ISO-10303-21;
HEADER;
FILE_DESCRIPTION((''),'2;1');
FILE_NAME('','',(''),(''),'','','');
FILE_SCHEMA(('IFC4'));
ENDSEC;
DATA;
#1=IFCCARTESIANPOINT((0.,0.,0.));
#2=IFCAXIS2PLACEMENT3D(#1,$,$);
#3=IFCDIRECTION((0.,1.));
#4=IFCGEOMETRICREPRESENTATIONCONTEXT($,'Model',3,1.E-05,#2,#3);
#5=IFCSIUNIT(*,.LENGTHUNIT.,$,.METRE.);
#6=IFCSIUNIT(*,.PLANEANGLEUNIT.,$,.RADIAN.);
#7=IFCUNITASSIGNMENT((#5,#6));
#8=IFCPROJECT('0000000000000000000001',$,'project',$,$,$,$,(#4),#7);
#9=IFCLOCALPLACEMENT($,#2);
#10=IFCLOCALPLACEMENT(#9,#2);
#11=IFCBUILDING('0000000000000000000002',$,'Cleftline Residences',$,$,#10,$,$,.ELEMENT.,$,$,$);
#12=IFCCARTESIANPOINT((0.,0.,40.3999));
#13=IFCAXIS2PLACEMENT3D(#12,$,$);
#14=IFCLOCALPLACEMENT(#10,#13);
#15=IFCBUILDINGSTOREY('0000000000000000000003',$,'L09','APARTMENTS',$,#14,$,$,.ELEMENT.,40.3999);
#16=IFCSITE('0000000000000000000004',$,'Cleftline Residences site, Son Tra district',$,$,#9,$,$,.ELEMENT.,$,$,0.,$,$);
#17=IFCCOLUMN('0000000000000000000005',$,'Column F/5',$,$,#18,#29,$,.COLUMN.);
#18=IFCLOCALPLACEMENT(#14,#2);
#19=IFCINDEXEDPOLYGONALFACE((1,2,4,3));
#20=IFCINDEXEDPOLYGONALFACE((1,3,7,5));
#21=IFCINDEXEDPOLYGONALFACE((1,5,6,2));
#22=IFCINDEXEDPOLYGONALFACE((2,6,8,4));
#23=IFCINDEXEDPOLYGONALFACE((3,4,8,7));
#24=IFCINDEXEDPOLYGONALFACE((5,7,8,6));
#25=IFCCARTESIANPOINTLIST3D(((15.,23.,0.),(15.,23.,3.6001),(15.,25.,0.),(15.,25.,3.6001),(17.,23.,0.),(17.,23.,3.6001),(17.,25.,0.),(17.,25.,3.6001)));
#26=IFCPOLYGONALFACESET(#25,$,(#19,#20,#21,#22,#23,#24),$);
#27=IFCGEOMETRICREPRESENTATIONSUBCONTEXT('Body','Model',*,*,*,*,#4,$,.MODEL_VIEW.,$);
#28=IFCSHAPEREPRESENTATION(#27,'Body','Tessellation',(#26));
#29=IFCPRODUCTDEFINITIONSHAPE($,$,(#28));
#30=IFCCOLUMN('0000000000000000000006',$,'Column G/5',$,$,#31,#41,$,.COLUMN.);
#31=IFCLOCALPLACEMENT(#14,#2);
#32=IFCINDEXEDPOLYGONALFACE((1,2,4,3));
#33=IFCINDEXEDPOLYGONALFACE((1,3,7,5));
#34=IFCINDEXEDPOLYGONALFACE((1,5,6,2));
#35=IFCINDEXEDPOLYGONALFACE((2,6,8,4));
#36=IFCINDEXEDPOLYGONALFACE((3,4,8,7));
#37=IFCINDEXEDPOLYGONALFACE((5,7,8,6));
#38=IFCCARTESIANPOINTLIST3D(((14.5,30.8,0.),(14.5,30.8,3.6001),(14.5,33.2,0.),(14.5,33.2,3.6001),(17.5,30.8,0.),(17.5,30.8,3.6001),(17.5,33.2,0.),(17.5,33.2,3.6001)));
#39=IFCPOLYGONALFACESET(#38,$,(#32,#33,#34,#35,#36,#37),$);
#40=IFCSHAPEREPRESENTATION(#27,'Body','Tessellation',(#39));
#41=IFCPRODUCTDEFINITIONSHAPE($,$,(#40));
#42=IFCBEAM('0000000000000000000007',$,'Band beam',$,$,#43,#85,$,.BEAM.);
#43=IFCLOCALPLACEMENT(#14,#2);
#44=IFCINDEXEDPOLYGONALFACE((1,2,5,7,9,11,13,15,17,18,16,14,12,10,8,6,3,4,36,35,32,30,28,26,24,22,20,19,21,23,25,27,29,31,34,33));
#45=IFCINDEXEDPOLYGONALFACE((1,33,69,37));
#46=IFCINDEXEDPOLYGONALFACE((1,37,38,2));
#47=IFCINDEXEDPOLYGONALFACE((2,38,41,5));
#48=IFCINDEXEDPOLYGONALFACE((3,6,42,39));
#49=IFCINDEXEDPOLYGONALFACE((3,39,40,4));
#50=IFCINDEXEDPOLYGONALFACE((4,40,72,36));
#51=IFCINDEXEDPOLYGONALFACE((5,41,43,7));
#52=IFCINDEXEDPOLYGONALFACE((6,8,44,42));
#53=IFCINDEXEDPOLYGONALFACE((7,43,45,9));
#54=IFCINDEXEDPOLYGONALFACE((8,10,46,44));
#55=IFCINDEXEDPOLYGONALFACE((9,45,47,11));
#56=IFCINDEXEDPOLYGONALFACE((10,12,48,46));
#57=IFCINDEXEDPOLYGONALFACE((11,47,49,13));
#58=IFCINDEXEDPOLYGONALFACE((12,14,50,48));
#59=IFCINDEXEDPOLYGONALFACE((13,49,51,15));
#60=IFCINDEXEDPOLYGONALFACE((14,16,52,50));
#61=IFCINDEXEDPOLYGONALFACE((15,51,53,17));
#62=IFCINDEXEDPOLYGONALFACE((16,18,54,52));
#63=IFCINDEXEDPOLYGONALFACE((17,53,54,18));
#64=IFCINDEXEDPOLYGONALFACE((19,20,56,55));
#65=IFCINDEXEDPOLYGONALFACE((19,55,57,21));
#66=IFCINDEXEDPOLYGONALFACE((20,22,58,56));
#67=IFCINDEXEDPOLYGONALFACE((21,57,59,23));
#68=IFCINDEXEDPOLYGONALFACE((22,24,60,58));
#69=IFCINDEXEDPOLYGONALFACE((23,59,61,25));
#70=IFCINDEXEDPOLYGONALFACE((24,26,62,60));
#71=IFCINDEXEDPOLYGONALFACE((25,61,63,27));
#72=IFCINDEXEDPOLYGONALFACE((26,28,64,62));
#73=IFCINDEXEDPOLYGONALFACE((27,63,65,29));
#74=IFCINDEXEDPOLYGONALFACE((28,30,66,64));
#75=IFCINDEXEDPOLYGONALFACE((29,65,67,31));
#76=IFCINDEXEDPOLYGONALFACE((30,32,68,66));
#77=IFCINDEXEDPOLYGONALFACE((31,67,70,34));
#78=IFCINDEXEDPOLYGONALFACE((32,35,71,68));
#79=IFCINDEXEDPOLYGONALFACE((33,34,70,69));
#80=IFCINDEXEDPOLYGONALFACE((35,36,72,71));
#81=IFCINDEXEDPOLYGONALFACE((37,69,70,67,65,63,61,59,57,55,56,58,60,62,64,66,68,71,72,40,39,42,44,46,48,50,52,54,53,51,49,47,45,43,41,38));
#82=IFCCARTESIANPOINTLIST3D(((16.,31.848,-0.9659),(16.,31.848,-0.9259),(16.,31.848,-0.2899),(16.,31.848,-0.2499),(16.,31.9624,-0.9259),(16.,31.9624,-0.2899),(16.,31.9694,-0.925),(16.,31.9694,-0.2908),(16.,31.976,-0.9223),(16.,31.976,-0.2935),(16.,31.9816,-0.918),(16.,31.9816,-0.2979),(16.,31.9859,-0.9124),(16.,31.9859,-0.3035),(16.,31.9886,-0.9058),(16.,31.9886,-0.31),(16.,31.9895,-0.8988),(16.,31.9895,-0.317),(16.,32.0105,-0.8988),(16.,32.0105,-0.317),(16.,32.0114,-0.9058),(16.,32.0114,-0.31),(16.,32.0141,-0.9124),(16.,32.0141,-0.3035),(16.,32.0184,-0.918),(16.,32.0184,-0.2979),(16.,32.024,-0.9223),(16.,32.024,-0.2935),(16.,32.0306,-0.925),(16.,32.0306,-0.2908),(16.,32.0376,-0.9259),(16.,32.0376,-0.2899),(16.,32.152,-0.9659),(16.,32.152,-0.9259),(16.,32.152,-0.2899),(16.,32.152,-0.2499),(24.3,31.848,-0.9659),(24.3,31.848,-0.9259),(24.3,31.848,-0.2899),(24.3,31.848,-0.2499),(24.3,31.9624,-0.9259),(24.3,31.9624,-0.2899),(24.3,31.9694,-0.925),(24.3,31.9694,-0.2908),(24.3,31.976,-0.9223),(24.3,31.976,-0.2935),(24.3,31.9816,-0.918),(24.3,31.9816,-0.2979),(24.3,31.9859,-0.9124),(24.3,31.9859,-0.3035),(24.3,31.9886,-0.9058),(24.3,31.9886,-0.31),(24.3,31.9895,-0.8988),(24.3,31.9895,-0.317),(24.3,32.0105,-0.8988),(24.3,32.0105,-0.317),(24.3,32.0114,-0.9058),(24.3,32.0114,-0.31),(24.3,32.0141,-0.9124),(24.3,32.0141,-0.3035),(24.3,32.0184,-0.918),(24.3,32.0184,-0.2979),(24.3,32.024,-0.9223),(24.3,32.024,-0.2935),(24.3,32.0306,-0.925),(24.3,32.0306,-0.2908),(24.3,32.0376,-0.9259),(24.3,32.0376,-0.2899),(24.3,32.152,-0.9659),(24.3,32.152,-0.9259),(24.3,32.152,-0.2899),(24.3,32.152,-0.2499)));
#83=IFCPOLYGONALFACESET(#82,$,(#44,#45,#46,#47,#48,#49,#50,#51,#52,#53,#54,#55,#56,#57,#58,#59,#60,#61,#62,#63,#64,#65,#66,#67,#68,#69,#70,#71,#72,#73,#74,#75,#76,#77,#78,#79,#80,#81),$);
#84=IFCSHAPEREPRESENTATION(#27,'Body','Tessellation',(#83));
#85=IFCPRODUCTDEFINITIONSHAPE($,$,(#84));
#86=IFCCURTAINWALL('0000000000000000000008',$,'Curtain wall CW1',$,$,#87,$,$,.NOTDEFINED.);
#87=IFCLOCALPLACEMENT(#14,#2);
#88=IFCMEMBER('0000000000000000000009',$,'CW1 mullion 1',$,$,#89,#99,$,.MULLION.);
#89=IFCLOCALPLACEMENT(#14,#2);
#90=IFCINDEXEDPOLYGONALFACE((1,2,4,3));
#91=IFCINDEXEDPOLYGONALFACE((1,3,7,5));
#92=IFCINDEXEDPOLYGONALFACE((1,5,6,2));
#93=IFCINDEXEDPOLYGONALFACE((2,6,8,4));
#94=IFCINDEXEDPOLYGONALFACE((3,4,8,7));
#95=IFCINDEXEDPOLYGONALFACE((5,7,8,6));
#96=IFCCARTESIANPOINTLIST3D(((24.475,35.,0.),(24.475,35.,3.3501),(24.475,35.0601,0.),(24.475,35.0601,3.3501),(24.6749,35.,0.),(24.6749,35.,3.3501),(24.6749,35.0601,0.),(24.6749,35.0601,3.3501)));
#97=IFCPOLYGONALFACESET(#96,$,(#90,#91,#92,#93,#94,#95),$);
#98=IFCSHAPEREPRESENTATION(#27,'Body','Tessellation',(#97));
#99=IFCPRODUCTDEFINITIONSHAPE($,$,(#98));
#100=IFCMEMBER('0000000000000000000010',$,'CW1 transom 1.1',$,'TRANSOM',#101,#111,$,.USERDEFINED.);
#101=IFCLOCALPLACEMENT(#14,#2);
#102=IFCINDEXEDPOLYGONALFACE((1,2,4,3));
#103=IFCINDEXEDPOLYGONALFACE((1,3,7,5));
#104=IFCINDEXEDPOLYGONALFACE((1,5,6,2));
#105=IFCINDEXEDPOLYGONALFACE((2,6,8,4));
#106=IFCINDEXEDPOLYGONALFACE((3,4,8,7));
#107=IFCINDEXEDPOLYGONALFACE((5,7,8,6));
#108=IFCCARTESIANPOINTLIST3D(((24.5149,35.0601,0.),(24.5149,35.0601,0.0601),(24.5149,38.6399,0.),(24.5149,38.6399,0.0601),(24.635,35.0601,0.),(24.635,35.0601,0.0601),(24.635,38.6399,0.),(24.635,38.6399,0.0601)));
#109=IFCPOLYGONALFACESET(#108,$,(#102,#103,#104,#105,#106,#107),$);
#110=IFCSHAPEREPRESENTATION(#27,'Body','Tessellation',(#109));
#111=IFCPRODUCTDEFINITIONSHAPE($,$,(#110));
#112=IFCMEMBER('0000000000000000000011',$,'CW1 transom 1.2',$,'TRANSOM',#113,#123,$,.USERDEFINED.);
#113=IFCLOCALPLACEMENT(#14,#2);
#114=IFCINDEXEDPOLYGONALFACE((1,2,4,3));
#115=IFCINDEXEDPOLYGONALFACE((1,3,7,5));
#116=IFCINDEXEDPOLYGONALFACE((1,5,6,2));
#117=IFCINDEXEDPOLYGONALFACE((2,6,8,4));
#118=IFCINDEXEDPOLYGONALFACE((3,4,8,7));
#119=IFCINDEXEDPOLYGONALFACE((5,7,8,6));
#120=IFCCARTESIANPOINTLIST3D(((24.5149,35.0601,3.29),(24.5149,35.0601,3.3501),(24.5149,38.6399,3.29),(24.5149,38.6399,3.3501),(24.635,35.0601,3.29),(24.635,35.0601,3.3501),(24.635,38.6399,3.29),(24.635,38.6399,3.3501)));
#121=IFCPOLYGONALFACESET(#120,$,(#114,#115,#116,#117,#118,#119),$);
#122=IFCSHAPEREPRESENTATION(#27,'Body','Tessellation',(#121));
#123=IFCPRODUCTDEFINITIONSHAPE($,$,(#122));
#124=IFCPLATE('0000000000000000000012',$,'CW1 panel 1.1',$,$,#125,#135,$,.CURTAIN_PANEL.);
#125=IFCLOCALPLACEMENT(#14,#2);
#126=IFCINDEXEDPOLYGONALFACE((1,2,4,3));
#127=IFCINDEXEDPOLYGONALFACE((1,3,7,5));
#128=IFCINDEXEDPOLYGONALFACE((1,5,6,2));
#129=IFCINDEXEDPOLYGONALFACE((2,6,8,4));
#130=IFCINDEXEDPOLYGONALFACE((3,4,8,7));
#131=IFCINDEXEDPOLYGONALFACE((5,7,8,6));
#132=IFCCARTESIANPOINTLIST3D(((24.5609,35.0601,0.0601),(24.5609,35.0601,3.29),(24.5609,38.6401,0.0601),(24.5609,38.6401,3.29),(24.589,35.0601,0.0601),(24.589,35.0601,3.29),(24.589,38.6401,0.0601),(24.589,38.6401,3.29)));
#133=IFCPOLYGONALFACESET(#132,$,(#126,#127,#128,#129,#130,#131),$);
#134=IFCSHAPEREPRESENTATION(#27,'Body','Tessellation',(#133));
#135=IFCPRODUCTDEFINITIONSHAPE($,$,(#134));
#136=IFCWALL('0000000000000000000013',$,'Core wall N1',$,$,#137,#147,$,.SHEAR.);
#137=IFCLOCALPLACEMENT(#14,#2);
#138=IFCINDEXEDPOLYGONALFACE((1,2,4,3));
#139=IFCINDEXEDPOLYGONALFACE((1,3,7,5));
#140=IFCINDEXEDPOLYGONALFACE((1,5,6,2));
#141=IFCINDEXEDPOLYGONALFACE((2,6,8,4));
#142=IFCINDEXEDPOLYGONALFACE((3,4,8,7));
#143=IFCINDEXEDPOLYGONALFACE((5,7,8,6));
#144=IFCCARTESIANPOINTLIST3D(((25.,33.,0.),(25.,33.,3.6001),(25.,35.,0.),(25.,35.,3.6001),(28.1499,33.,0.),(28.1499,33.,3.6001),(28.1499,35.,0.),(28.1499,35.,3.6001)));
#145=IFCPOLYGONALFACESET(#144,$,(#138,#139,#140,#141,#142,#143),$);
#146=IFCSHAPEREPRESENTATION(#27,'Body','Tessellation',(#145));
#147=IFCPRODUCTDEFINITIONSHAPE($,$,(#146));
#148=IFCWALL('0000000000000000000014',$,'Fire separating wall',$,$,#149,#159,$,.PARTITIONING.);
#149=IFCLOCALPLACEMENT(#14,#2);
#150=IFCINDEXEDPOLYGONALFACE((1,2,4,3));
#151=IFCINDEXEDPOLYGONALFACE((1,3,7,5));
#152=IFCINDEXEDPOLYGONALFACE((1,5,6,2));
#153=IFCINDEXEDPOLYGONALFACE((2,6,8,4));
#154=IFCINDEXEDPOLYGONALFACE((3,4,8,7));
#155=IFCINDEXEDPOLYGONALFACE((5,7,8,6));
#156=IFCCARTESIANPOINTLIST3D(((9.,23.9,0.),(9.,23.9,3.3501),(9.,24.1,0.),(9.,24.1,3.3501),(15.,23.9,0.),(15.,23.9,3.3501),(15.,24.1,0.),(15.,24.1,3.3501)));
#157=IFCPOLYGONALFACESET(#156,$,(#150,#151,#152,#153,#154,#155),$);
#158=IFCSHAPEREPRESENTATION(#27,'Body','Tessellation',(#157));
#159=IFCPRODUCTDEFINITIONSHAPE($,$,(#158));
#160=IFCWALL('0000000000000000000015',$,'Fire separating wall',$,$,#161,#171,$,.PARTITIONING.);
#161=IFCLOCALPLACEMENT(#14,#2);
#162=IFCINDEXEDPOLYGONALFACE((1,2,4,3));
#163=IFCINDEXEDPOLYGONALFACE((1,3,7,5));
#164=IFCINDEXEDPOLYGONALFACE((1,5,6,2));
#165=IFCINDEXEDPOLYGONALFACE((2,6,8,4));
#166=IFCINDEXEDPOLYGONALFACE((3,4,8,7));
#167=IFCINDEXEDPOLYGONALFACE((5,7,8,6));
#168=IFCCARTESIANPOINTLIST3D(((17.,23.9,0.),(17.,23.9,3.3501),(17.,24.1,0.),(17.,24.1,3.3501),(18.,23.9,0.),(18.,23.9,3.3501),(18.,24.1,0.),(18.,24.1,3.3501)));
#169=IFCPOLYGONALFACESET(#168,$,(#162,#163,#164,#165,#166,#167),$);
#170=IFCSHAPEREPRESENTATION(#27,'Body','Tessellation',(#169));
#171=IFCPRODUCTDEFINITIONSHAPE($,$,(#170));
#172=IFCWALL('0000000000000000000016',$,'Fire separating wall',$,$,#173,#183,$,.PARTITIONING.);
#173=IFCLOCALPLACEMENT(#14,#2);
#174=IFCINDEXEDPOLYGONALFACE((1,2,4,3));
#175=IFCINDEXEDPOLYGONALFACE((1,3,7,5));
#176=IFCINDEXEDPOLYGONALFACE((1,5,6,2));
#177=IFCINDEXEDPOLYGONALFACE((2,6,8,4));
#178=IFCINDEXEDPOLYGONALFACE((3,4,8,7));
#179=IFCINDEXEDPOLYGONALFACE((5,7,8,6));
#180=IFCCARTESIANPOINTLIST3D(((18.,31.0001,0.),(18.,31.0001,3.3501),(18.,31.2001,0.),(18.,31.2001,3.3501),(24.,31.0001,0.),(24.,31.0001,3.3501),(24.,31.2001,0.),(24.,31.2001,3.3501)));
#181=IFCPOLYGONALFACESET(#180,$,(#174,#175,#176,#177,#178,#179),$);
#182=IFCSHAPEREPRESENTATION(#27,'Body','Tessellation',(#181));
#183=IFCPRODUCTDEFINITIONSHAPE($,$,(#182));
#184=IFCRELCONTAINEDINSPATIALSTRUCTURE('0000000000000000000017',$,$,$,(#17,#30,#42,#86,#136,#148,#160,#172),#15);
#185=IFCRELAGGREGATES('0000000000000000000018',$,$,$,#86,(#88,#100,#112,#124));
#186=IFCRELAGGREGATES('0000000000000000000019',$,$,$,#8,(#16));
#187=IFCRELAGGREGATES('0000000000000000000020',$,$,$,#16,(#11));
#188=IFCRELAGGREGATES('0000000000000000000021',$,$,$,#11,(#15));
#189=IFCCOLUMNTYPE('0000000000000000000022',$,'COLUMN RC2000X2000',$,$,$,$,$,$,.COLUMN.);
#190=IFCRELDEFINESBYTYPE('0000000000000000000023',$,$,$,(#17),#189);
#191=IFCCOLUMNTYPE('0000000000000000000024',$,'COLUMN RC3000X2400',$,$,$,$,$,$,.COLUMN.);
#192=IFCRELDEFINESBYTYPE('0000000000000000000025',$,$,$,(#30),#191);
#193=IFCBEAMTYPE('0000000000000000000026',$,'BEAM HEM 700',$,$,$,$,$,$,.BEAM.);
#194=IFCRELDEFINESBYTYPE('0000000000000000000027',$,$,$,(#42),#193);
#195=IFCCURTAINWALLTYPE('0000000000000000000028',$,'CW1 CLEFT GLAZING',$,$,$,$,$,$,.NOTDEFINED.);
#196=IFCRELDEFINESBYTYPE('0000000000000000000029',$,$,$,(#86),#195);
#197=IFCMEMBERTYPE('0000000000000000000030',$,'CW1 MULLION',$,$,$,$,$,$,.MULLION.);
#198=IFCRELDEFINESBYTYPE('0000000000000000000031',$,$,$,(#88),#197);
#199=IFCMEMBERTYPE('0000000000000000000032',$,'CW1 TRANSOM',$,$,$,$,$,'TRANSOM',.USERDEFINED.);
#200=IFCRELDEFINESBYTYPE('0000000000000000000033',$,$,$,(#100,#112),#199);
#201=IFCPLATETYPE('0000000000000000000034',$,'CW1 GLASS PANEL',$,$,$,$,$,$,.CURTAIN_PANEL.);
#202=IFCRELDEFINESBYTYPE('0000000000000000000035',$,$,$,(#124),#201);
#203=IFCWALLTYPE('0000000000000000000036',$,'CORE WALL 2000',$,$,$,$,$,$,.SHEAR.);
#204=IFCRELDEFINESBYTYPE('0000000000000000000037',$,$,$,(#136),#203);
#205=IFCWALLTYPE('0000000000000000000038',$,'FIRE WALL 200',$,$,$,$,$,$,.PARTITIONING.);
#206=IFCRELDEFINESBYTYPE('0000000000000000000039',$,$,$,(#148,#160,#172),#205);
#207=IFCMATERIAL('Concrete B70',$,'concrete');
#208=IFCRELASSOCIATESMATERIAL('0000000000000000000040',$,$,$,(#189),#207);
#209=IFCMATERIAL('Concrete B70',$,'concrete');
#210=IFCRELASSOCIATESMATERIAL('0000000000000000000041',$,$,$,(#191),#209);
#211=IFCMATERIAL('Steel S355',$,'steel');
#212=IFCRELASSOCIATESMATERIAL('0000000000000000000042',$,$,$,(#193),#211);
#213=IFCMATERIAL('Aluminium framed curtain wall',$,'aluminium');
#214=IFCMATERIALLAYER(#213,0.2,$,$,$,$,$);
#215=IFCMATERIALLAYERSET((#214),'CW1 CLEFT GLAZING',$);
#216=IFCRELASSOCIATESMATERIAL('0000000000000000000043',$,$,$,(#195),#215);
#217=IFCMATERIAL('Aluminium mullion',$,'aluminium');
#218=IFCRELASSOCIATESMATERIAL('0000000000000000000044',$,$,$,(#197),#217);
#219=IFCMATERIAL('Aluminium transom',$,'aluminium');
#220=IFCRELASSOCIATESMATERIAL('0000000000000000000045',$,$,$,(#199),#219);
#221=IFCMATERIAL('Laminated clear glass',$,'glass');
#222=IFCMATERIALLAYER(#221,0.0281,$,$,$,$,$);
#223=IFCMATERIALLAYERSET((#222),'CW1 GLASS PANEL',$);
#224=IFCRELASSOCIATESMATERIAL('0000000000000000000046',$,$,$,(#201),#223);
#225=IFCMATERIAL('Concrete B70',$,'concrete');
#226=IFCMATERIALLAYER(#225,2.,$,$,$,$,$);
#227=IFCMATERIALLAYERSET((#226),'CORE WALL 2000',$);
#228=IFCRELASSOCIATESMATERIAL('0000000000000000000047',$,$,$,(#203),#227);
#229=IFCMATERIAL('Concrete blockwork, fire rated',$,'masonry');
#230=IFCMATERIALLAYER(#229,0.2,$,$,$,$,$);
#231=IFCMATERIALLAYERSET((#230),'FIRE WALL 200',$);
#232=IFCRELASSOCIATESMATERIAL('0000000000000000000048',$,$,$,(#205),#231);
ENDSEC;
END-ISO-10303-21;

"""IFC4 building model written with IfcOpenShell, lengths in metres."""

from ifc_helpers import new_model, si_unit, direction, frame, frame_2d, origin, origin_2d, place, context, subcontext, project, spatial, rectangle, i_section, extrude, material, layer, layer_set, material_profile, profile_set, type_object, element, aggregate, save


model = new_model("IFC4")

# Units and contexts
model_context = context("Model", 3, precision=1e-05, world=origin(), true_north=direction((0.0, 1.0)))
body_context = subcontext(model_context, "Body", "Model", "MODEL_VIEW")
ifc_project = project(units=[si_unit("LENGTHUNIT", "METRE"), si_unit("PLANEANGLEUNIT", "RADIAN")], contexts=[model_context])

# Site, building, storey
site_placement = place(None, origin())
site = spatial("IfcSite", under=ifc_project, at=site_placement, Name="Cleftline Residences site, Son Tra district", CompositionType="ELEMENT", RefElevation=0.0)
building_placement = place(site_placement, origin())
building = spatial("IfcBuilding", under=site, at=building_placement, Name="Cleftline Residences", CompositionType="ELEMENT")
storey_placement = place(building_placement, frame((0.0, 0.0, 40.3999)))
storey = spatial("IfcBuildingStorey", under=building, at=storey_placement, Name="L09", Description="APARTMENTS", CompositionType="ELEMENT", Elevation=40.3999)

# Columns
ifc_material_1 = material(Name="Concrete B70", Category="concrete")
ifc_material_profile_1 = material_profile(ifc_material_1, rectangle(XDim=2.0, YDim=2.0, at=origin_2d()))
ifc_profile_set_1 = profile_set([ifc_material_profile_1], Name="Concrete B70")
column_type_1 = type_object("IfcColumnType", Name="COLUMN RC2000X2000", PredefinedType="COLUMN", material=ifc_profile_set_1)
column_1_placement = place(storey_placement, frame((16.0, 24.0, 0.0), z_axis=(0.0, 0.0, 1.0), x_axis=(1.0, 0.0, 0.0)))
element("IfcColumn", 1, at=column_1_placement, inside=storey, type_object=column_type_1, Name="Column F/5", PredefinedType="COLUMN", context=body_context, shape_type="SweptSolid", body=[
    extrude(rectangle(XDim=2.0, YDim=2.0, at=origin_2d()), origin(), (0.0, 0.0, 1.0), 3.6001),
])
ifc_material_2 = material(Name="Concrete B70", Category="concrete")
ifc_material_profile_2 = material_profile(ifc_material_2, rectangle(XDim=3.0, YDim=2.3999, at=origin_2d()))
ifc_profile_set_2 = profile_set([ifc_material_profile_2], Name="Concrete B70")
column_type_2 = type_object("IfcColumnType", Name="COLUMN RC3000X2400", PredefinedType="COLUMN", material=ifc_profile_set_2)
column_2_placement = place(storey_placement, frame((16.0, 32.0, 0.0), z_axis=(0.0, 0.0, 1.0), x_axis=(1.0, 0.0, 0.0)))
element("IfcColumn", 2, at=column_2_placement, inside=storey, type_object=column_type_2, Name="Column G/5", PredefinedType="COLUMN", context=body_context, shape_type="SweptSolid", body=[
    extrude(rectangle(XDim=3.0, YDim=2.3999, at=origin_2d()), origin(), (0.0, 0.0, 1.0), 3.6001),
])

# Beam
ifc_material_3 = material(Name="Steel S355", Category="steel")
ifc_material_profile_3 = material_profile(ifc_material_3, i_section(OverallWidth=0.304, OverallDepth=0.7161, WebThickness=0.021, FlangeThickness=0.04, FilletRadius=0.0271, at=origin_2d()))
ifc_profile_set_3 = profile_set([ifc_material_profile_3], Name="Steel S355")
beam_type = type_object("IfcBeamType", Name="BEAM HEM 700", PredefinedType="BEAM", material=ifc_profile_set_3)
beam_placement = place(storey_placement, frame((16.0, 32.0, -0.6079), z_axis=(1.0, 0.0, 0.0), x_axis=(0.0, 1.0, 0.0)))
element("IfcBeam", 3, at=beam_placement, inside=storey, type_object=beam_type, Name="Band beam", PredefinedType="BEAM", context=body_context, shape_type="SweptSolid", body=[
    extrude(i_section(OverallWidth=0.304, OverallDepth=0.7161, WebThickness=0.021, FlangeThickness=0.04, FilletRadius=0.0271, at=origin_2d()), origin(), (0.0, 0.0, 1.0), 8.3),
])

# Curtain wall, members, plate
ifc_material_4 = material(Name="Aluminium framed curtain wall", Category="aluminium")
ifc_layer_1 = layer(ifc_material_4, 0.2)
ifc_layer_set_1 = layer_set([ifc_layer_1], Name="CW1 CLEFT GLAZING")
curtain_wall_type = type_object("IfcCurtainWallType", Name="CW1 CLEFT GLAZING", PredefinedType="NOTDEFINED", material=ifc_layer_set_1)
curtain_wall_placement = place(storey_placement, origin())
curtain_wall = element("IfcCurtainWall", 4, at=curtain_wall_placement, inside=storey, type_object=curtain_wall_type, Name="Curtain wall CW1", PredefinedType="NOTDEFINED")
ifc_material_5 = material(Name="Aluminium mullion", Category="aluminium")
ifc_material_profile_4 = material_profile(ifc_material_5, rectangle(XDim=0.2, YDim=0.0601, at=origin_2d()))
ifc_profile_set_4 = profile_set([ifc_material_profile_4], Name="Aluminium mullion")
member_type_1 = type_object("IfcMemberType", Name="CW1 MULLION", PredefinedType="MULLION", material=ifc_profile_set_4)
member_1_placement = place(storey_placement, frame((24.575, 35.03, 0.0), z_axis=(0.0, 0.0, 1.0), x_axis=(-1.0, 0.0, 0.0)))
member_1 = element("IfcMember", 5, at=member_1_placement, type_object=member_type_1, Name="CW1 mullion 1", PredefinedType="MULLION", context=body_context, shape_type="SweptSolid", body=[
    extrude(rectangle(XDim=0.2, YDim=0.0601, at=origin_2d()), origin(), (0.0, 0.0, 1.0), 3.3501),
])
ifc_material_6 = material(Name="Aluminium transom", Category="aluminium")
ifc_material_profile_5 = material_profile(ifc_material_6, rectangle(XDim=0.1201, YDim=0.0601, at=origin_2d()))
ifc_profile_set_5 = profile_set([ifc_material_profile_5], Name="Aluminium transom")
member_type_2 = type_object("IfcMemberType", Name="CW1 TRANSOM", ElementType="TRANSOM", PredefinedType="USERDEFINED", material=ifc_profile_set_5)
member_2_placement = place(storey_placement, frame((24.575, 35.0601, 0.03), z_axis=(0.0, 1.0, 0.0), x_axis=(-1.0, 0.0, 0.0)))
member_2 = element("IfcMember", 6, at=member_2_placement, type_object=member_type_2, Name="CW1 transom 1.1", ObjectType="TRANSOM", PredefinedType="USERDEFINED", context=body_context, shape_type="SweptSolid", body=[
    extrude(rectangle(XDim=0.1201, YDim=0.0601, at=origin_2d()), origin(), (0.0, 0.0, 1.0), 3.5798),
])
member_3_placement = place(storey_placement, frame((24.575, 35.0601, 3.3201), z_axis=(0.0, 1.0, 0.0), x_axis=(-1.0, 0.0, 0.0)))
member_3 = element("IfcMember", 7, at=member_3_placement, type_object=member_type_2, Name="CW1 transom 1.2", ObjectType="TRANSOM", PredefinedType="USERDEFINED", context=body_context, shape_type="SweptSolid", body=[
    extrude(rectangle(XDim=0.1201, YDim=0.0601, at=origin_2d()), origin(), (0.0, 0.0, 1.0), 3.5798),
])
ifc_material_7 = material(Name="Laminated clear glass", Category="glass")
ifc_layer_2 = layer(ifc_material_7, 0.0281)
ifc_layer_set_2 = layer_set([ifc_layer_2], Name="CW1 GLASS PANEL")
plate_type = type_object("IfcPlateType", Name="CW1 GLASS PANEL", PredefinedType="CURTAIN_PANEL", material=ifc_layer_set_2)
plate_placement = place(storey_placement, frame((24.575, 36.8501, 0.0601), z_axis=(0.0, 0.0, 1.0), x_axis=(0.0, 1.0, 0.0)))
plate = element("IfcPlate", 8, at=plate_placement, type_object=plate_type, Name="CW1 panel 1.1", PredefinedType="CURTAIN_PANEL", context=body_context, shape_type="SweptSolid", body=[
    extrude(rectangle(XDim=3.5801, YDim=0.0281, at=origin_2d()), origin(), (0.0, 0.0, 1.0), 3.23),
])
aggregate(curtain_wall, [member_1, member_2, member_3, plate])

# Walls
ifc_material_8 = material(Name="Concrete B70", Category="concrete")
ifc_layer_3 = layer(ifc_material_8, 2.0)
ifc_layer_set_3 = layer_set([ifc_layer_3], Name="CORE WALL 2000")
wall_type_1 = type_object("IfcWallType", Name="CORE WALL 2000", PredefinedType="SHEAR", material=ifc_layer_set_3)
wall_1_placement = place(storey_placement, frame((25.0, 34.0, 0.0), z_axis=(0.0, 0.0, 1.0), x_axis=(1.0, 0.0, 0.0)))
element("IfcWall", 9, at=wall_1_placement, inside=storey, type_object=wall_type_1, Name="Core wall N1", PredefinedType="SHEAR", context=body_context, shape_type="SweptSolid", body=[
    extrude(rectangle(XDim=3.1499, YDim=2.0, at=frame_2d((1.575, 0.0))), origin(), (0.0, 0.0, 1.0), 3.6001),
])
ifc_material_9 = material(Name="Concrete blockwork, fire rated", Category="masonry")
ifc_layer_4 = layer(ifc_material_9, 0.2)
ifc_layer_set_4 = layer_set([ifc_layer_4], Name="FIRE WALL 200")
wall_type_2 = type_object("IfcWallType", Name="FIRE WALL 200", PredefinedType="PARTITIONING", material=ifc_layer_set_4)
wall_2_placement = place(storey_placement, frame((9.0, 24.0, 0.0), z_axis=(0.0, 0.0, 1.0), x_axis=(1.0, 0.0, 0.0)))
element("IfcWall", 10, at=wall_2_placement, inside=storey, type_object=wall_type_2, Name="Fire separating wall", PredefinedType="PARTITIONING", context=body_context, shape_type="SweptSolid", body=[
    extrude(rectangle(XDim=6.0, YDim=0.2, at=frame_2d((3.0, 0.0))), origin(), (0.0, 0.0, 1.0), 3.3501),
])
wall_3_placement = place(storey_placement, frame((17.0, 24.0, 0.0), z_axis=(0.0, 0.0, 1.0), x_axis=(1.0, 0.0, 0.0)))
element("IfcWall", 11, at=wall_3_placement, inside=storey, type_object=wall_type_2, Name="Fire separating wall", PredefinedType="PARTITIONING", context=body_context, shape_type="SweptSolid", body=[
    extrude(rectangle(XDim=1.0, YDim=0.2, at=frame_2d((0.5, 0.0))), origin(), (0.0, 0.0, 1.0), 3.3501),
])
wall_4_placement = place(storey_placement, frame((18.0, 31.1001, 0.0), z_axis=(0.0, 0.0, 1.0), x_axis=(1.0, 0.0, 0.0)))
element("IfcWall", 12, at=wall_4_placement, inside=storey, type_object=wall_type_2, Name="Fire separating wall", PredefinedType="PARTITIONING", context=body_context, shape_type="SweptSolid", body=[
    extrude(rectangle(XDim=6.0, YDim=0.2, at=frame_2d((3.0, 0.0))), origin(), (0.0, 0.0, 1.0), 3.3501),
])

save(model, "model.ifc")
